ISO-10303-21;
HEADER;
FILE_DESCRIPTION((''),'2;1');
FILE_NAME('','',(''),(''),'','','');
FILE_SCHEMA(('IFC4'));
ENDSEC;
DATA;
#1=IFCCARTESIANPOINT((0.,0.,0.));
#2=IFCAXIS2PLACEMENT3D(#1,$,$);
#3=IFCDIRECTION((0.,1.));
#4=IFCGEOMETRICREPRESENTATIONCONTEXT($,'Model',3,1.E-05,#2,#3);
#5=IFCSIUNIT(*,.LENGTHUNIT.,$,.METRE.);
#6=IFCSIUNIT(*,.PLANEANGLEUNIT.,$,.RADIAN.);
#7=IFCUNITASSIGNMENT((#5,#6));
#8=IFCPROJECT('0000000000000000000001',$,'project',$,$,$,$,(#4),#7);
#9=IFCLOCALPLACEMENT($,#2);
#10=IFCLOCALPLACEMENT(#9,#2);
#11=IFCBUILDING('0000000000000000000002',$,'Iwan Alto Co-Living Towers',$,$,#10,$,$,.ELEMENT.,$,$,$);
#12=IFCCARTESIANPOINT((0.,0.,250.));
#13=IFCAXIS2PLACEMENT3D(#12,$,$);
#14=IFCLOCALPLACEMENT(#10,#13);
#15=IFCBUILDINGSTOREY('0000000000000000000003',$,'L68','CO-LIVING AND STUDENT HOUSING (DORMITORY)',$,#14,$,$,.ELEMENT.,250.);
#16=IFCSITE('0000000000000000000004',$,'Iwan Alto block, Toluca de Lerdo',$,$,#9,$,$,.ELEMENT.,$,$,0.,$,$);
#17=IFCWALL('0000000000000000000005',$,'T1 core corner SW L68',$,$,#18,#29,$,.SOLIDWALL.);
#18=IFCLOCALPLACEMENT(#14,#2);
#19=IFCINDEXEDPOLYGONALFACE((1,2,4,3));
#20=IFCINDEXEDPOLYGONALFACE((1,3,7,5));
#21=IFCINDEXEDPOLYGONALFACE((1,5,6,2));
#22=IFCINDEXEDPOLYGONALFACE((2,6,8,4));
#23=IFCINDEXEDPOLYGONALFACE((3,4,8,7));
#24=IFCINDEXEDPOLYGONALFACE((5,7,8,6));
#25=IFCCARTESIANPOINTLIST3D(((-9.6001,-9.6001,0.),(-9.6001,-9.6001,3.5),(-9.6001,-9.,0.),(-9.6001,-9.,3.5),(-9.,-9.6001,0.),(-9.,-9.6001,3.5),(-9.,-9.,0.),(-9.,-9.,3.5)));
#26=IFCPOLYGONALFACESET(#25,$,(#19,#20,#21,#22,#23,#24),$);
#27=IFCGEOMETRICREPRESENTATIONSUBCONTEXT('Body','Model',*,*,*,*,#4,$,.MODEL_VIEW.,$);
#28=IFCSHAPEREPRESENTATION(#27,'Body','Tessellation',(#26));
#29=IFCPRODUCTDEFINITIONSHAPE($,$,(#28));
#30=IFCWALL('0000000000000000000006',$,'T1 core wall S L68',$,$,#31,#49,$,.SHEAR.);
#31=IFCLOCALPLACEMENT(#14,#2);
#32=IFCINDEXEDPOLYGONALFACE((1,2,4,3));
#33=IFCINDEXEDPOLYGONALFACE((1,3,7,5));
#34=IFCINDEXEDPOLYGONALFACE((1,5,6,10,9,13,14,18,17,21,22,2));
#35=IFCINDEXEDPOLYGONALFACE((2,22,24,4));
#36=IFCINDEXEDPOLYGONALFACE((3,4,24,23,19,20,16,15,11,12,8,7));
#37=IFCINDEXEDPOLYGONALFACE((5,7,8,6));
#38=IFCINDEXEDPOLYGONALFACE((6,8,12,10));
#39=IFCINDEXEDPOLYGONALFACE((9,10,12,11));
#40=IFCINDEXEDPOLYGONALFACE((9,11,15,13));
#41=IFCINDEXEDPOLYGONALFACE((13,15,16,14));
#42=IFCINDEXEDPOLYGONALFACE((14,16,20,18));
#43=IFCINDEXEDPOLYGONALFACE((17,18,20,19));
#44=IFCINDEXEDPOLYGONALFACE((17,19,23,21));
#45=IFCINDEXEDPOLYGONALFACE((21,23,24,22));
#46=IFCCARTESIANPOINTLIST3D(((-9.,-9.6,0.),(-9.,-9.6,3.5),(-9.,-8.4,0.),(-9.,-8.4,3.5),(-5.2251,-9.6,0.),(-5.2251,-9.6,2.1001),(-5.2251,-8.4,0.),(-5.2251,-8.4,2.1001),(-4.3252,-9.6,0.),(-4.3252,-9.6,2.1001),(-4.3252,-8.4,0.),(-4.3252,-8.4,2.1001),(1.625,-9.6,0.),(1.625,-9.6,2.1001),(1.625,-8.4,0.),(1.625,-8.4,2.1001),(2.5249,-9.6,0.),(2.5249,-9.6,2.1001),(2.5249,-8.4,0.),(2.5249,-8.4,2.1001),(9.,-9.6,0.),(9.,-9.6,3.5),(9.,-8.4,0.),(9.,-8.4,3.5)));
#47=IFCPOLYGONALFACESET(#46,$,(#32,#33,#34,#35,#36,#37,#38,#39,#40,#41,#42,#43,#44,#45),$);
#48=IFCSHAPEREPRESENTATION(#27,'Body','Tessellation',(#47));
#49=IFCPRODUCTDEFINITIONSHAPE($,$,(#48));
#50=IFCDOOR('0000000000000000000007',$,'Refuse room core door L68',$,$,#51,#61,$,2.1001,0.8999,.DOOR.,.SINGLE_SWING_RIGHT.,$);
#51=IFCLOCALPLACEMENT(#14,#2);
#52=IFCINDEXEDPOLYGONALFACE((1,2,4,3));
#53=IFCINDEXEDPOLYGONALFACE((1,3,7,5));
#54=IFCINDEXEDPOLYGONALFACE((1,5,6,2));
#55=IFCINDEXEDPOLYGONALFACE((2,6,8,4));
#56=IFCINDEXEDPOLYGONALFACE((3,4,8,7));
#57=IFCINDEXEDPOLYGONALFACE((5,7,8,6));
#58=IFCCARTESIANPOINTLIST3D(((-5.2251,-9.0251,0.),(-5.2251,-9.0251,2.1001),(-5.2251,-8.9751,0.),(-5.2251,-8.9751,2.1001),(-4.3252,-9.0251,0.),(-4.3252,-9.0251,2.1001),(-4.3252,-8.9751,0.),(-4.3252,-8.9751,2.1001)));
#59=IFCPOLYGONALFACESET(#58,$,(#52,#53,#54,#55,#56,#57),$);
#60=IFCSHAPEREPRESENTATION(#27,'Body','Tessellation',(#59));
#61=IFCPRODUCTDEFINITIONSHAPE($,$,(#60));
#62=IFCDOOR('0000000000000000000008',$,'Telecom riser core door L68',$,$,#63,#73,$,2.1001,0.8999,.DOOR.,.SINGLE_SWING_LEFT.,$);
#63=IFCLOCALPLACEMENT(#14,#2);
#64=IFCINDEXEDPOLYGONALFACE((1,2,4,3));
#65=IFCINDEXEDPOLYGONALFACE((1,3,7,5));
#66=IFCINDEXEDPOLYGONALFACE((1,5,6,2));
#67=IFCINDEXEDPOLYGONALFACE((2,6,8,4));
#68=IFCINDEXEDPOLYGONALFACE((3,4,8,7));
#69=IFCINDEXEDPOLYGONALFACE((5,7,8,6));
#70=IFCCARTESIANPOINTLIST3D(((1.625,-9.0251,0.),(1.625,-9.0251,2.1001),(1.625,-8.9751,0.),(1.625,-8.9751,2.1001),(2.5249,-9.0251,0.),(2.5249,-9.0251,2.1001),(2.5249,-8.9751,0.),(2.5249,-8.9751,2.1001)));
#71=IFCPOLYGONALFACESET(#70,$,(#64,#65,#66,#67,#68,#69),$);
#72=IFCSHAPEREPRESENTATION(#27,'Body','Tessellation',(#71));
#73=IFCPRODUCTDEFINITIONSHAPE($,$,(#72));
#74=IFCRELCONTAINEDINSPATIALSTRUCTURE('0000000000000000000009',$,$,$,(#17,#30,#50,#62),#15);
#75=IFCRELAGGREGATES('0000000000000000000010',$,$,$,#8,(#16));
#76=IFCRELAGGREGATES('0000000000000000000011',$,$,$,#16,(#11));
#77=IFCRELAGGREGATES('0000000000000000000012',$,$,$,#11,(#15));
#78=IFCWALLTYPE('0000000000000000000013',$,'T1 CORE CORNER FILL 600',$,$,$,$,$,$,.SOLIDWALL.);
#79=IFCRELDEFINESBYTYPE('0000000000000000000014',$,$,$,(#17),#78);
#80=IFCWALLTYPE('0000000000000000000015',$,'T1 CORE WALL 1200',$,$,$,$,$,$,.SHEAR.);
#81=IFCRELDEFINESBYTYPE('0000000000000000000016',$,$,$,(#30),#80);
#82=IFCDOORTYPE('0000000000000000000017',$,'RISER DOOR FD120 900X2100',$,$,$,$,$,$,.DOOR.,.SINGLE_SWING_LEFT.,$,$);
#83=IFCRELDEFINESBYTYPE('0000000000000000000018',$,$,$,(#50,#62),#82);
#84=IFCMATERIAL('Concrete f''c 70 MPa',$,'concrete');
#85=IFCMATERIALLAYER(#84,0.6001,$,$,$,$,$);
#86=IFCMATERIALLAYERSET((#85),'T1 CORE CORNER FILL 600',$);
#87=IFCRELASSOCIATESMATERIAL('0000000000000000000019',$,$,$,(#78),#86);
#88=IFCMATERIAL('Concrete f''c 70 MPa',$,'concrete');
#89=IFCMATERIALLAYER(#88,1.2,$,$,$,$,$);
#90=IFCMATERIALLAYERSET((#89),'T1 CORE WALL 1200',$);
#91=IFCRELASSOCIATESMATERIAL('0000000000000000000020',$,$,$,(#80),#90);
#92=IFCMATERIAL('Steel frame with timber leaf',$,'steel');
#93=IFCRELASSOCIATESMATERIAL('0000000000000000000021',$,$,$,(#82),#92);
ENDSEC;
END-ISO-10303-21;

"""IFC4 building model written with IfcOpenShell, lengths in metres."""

from ifc_helpers import new_model, si_unit, direction, frame, frame_2d, origin, place, context, subcontext, project, spatial, rectangle, extrude, material, layer, layer_set, type_object, element, fill, save


model = new_model("IFC4")

# Units and contexts
model_context = context("Model", 3, precision=1e-05, world=origin(), true_north=direction((0.0, 1.0)))
body_context = subcontext(model_context, "Body", "Model", "MODEL_VIEW")
ifc_project = project(units=[si_unit("LENGTHUNIT", "METRE"), si_unit("PLANEANGLEUNIT", "RADIAN")], contexts=[model_context])

# Site, building, storey
site_placement = place(None, origin())
site = spatial("IfcSite", under=ifc_project, at=site_placement, Name="Iwan Alto block, Toluca de Lerdo", CompositionType="ELEMENT", RefElevation=0.0)
building_placement = place(site_placement, origin())
building = spatial("IfcBuilding", under=site, at=building_placement, Name="Iwan Alto Co-Living Towers", CompositionType="ELEMENT")
storey_placement = place(building_placement, frame((0.0, 0.0, 250.0)))
storey = spatial("IfcBuildingStorey", under=building, at=storey_placement, Name="L68", Description="CO-LIVING AND STUDENT HOUSING (DORMITORY)", CompositionType="ELEMENT", Elevation=250.0)

# Wall
ifc_material_1 = material(Name="Concrete f'c 70 MPa", Category="concrete")
ifc_layer_1 = layer(ifc_material_1, 0.6001)
ifc_layer_set_1 = layer_set([ifc_layer_1], Name="T1 CORE CORNER FILL 600")
wall_type_1 = type_object("IfcWallType", Name="T1 CORE CORNER FILL 600", PredefinedType="SOLIDWALL", material=ifc_layer_set_1)
wall_1_placement = place(storey_placement, frame((-9.6001, -9.3, 0.0), z_axis=(0.0, 0.0, 1.0), x_axis=(1.0, 0.0, 0.0)))
element("IfcWall", 1, at=wall_1_placement, inside=storey, type_object=wall_type_1, Name="T1 core corner SW L68", PredefinedType="SOLIDWALL", context=body_context, shape_type="SweptSolid", body=[
    extrude(rectangle(XDim=0.6001, YDim=0.6001, at=frame_2d((0.3, 0.0))), origin(), (0.0, 0.0, 1.0), 3.5),
])

# Wall, openings, doors
ifc_material_2 = material(Name="Concrete f'c 70 MPa", Category="concrete")
ifc_layer_2 = layer(ifc_material_2, 1.2)
ifc_layer_set_2 = layer_set([ifc_layer_2], Name="T1 CORE WALL 1200")
wall_type_2 = type_object("IfcWallType", Name="T1 CORE WALL 1200", PredefinedType="SHEAR", material=ifc_layer_set_2)
wall_2_placement = place(storey_placement, frame((-9.0, -9.0, 0.0), z_axis=(0.0, 0.0, 1.0), x_axis=(1.0, 0.0, 0.0)))
wall_2 = element("IfcWall", 2, at=wall_2_placement, inside=storey, type_object=wall_type_2, Name="T1 core wall S L68", PredefinedType="SHEAR", context=body_context, shape_type="SweptSolid", body=[
    extrude(rectangle(XDim=18.0, YDim=1.2, at=frame_2d((9.0, 0.0))), origin(), (0.0, 0.0, 1.0), 3.5),
])
opening_1_placement = place(wall_2_placement, frame((3.7749, 0.0, 0.0)))
opening_1 = element("IfcOpeningElement", 3, at=opening_1_placement, cuts=wall_2, PredefinedType="OPENING", context=body_context, shape_type="SweptSolid", body=[
    extrude(rectangle(XDim=0.8999, YDim=2.1001, at=frame_2d((0.45, 1.05))), frame((0.0, 0.6099, 0.0), z_axis=(0.0, -1.0, 0.0), x_axis=(1.0, 0.0, 0.0)), (0.0, 0.0, 1.0), 1.22),
])
opening_2_placement = place(wall_2_placement, frame((10.625, 0.0, 0.0)))
opening_2 = element("IfcOpeningElement", 4, at=opening_2_placement, cuts=wall_2, PredefinedType="OPENING", context=body_context, shape_type="SweptSolid", body=[
    extrude(rectangle(XDim=0.8999, YDim=2.1001, at=frame_2d((0.45, 1.05))), frame((0.0, 0.6099, 0.0), z_axis=(0.0, -1.0, 0.0), x_axis=(1.0, 0.0, 0.0)), (0.0, 0.0, 1.0), 1.22),
])
ifc_material_3 = material(Name="Steel frame with timber leaf", Category="steel")
door_type_1 = type_object("IfcDoorType", Name="RISER DOOR FD120 900X2100", OperationType="SINGLE_SWING_LEFT", PredefinedType="DOOR", material=ifc_material_3)
door_1_placement = place(opening_1_placement, origin())
door_1 = element("IfcDoor", 5, at=door_1_placement, inside=storey, type_object=door_type_1, Name="Refuse room core door L68", OperationType="SINGLE_SWING_RIGHT", OverallHeight=2.1001, OverallWidth=0.8999, PredefinedType="DOOR", context=body_context, shape_type="SweptSolid", body=[
    extrude(rectangle(XDim=0.8999, YDim=2.1001, at=frame_2d((0.45, 1.05))), frame((0.0, 0.0249, 0.0), z_axis=(0.0, -1.0, 0.0), x_axis=(1.0, 0.0, 0.0)), (0.0, 0.0, 1.0), 0.05),
])
fill(opening_1, door_1)
door_2_placement = place(opening_2_placement, origin())
door_2 = element("IfcDoor", 6, at=door_2_placement, inside=storey, type_object=door_type_1, Name="Telecom riser core door L68", OperationType="SINGLE_SWING_LEFT", OverallHeight=2.1001, OverallWidth=0.8999, PredefinedType="DOOR", context=body_context, shape_type="SweptSolid", body=[
    extrude(rectangle(XDim=0.8999, YDim=2.1001, at=frame_2d((0.45, 1.05))), frame((0.0, 0.0249, 0.0), z_axis=(0.0, -1.0, 0.0), x_axis=(1.0, 0.0, 0.0)), (0.0, 0.0, 1.0), 0.05),
])
fill(opening_2, door_2)

save(model, "model.ifc")
